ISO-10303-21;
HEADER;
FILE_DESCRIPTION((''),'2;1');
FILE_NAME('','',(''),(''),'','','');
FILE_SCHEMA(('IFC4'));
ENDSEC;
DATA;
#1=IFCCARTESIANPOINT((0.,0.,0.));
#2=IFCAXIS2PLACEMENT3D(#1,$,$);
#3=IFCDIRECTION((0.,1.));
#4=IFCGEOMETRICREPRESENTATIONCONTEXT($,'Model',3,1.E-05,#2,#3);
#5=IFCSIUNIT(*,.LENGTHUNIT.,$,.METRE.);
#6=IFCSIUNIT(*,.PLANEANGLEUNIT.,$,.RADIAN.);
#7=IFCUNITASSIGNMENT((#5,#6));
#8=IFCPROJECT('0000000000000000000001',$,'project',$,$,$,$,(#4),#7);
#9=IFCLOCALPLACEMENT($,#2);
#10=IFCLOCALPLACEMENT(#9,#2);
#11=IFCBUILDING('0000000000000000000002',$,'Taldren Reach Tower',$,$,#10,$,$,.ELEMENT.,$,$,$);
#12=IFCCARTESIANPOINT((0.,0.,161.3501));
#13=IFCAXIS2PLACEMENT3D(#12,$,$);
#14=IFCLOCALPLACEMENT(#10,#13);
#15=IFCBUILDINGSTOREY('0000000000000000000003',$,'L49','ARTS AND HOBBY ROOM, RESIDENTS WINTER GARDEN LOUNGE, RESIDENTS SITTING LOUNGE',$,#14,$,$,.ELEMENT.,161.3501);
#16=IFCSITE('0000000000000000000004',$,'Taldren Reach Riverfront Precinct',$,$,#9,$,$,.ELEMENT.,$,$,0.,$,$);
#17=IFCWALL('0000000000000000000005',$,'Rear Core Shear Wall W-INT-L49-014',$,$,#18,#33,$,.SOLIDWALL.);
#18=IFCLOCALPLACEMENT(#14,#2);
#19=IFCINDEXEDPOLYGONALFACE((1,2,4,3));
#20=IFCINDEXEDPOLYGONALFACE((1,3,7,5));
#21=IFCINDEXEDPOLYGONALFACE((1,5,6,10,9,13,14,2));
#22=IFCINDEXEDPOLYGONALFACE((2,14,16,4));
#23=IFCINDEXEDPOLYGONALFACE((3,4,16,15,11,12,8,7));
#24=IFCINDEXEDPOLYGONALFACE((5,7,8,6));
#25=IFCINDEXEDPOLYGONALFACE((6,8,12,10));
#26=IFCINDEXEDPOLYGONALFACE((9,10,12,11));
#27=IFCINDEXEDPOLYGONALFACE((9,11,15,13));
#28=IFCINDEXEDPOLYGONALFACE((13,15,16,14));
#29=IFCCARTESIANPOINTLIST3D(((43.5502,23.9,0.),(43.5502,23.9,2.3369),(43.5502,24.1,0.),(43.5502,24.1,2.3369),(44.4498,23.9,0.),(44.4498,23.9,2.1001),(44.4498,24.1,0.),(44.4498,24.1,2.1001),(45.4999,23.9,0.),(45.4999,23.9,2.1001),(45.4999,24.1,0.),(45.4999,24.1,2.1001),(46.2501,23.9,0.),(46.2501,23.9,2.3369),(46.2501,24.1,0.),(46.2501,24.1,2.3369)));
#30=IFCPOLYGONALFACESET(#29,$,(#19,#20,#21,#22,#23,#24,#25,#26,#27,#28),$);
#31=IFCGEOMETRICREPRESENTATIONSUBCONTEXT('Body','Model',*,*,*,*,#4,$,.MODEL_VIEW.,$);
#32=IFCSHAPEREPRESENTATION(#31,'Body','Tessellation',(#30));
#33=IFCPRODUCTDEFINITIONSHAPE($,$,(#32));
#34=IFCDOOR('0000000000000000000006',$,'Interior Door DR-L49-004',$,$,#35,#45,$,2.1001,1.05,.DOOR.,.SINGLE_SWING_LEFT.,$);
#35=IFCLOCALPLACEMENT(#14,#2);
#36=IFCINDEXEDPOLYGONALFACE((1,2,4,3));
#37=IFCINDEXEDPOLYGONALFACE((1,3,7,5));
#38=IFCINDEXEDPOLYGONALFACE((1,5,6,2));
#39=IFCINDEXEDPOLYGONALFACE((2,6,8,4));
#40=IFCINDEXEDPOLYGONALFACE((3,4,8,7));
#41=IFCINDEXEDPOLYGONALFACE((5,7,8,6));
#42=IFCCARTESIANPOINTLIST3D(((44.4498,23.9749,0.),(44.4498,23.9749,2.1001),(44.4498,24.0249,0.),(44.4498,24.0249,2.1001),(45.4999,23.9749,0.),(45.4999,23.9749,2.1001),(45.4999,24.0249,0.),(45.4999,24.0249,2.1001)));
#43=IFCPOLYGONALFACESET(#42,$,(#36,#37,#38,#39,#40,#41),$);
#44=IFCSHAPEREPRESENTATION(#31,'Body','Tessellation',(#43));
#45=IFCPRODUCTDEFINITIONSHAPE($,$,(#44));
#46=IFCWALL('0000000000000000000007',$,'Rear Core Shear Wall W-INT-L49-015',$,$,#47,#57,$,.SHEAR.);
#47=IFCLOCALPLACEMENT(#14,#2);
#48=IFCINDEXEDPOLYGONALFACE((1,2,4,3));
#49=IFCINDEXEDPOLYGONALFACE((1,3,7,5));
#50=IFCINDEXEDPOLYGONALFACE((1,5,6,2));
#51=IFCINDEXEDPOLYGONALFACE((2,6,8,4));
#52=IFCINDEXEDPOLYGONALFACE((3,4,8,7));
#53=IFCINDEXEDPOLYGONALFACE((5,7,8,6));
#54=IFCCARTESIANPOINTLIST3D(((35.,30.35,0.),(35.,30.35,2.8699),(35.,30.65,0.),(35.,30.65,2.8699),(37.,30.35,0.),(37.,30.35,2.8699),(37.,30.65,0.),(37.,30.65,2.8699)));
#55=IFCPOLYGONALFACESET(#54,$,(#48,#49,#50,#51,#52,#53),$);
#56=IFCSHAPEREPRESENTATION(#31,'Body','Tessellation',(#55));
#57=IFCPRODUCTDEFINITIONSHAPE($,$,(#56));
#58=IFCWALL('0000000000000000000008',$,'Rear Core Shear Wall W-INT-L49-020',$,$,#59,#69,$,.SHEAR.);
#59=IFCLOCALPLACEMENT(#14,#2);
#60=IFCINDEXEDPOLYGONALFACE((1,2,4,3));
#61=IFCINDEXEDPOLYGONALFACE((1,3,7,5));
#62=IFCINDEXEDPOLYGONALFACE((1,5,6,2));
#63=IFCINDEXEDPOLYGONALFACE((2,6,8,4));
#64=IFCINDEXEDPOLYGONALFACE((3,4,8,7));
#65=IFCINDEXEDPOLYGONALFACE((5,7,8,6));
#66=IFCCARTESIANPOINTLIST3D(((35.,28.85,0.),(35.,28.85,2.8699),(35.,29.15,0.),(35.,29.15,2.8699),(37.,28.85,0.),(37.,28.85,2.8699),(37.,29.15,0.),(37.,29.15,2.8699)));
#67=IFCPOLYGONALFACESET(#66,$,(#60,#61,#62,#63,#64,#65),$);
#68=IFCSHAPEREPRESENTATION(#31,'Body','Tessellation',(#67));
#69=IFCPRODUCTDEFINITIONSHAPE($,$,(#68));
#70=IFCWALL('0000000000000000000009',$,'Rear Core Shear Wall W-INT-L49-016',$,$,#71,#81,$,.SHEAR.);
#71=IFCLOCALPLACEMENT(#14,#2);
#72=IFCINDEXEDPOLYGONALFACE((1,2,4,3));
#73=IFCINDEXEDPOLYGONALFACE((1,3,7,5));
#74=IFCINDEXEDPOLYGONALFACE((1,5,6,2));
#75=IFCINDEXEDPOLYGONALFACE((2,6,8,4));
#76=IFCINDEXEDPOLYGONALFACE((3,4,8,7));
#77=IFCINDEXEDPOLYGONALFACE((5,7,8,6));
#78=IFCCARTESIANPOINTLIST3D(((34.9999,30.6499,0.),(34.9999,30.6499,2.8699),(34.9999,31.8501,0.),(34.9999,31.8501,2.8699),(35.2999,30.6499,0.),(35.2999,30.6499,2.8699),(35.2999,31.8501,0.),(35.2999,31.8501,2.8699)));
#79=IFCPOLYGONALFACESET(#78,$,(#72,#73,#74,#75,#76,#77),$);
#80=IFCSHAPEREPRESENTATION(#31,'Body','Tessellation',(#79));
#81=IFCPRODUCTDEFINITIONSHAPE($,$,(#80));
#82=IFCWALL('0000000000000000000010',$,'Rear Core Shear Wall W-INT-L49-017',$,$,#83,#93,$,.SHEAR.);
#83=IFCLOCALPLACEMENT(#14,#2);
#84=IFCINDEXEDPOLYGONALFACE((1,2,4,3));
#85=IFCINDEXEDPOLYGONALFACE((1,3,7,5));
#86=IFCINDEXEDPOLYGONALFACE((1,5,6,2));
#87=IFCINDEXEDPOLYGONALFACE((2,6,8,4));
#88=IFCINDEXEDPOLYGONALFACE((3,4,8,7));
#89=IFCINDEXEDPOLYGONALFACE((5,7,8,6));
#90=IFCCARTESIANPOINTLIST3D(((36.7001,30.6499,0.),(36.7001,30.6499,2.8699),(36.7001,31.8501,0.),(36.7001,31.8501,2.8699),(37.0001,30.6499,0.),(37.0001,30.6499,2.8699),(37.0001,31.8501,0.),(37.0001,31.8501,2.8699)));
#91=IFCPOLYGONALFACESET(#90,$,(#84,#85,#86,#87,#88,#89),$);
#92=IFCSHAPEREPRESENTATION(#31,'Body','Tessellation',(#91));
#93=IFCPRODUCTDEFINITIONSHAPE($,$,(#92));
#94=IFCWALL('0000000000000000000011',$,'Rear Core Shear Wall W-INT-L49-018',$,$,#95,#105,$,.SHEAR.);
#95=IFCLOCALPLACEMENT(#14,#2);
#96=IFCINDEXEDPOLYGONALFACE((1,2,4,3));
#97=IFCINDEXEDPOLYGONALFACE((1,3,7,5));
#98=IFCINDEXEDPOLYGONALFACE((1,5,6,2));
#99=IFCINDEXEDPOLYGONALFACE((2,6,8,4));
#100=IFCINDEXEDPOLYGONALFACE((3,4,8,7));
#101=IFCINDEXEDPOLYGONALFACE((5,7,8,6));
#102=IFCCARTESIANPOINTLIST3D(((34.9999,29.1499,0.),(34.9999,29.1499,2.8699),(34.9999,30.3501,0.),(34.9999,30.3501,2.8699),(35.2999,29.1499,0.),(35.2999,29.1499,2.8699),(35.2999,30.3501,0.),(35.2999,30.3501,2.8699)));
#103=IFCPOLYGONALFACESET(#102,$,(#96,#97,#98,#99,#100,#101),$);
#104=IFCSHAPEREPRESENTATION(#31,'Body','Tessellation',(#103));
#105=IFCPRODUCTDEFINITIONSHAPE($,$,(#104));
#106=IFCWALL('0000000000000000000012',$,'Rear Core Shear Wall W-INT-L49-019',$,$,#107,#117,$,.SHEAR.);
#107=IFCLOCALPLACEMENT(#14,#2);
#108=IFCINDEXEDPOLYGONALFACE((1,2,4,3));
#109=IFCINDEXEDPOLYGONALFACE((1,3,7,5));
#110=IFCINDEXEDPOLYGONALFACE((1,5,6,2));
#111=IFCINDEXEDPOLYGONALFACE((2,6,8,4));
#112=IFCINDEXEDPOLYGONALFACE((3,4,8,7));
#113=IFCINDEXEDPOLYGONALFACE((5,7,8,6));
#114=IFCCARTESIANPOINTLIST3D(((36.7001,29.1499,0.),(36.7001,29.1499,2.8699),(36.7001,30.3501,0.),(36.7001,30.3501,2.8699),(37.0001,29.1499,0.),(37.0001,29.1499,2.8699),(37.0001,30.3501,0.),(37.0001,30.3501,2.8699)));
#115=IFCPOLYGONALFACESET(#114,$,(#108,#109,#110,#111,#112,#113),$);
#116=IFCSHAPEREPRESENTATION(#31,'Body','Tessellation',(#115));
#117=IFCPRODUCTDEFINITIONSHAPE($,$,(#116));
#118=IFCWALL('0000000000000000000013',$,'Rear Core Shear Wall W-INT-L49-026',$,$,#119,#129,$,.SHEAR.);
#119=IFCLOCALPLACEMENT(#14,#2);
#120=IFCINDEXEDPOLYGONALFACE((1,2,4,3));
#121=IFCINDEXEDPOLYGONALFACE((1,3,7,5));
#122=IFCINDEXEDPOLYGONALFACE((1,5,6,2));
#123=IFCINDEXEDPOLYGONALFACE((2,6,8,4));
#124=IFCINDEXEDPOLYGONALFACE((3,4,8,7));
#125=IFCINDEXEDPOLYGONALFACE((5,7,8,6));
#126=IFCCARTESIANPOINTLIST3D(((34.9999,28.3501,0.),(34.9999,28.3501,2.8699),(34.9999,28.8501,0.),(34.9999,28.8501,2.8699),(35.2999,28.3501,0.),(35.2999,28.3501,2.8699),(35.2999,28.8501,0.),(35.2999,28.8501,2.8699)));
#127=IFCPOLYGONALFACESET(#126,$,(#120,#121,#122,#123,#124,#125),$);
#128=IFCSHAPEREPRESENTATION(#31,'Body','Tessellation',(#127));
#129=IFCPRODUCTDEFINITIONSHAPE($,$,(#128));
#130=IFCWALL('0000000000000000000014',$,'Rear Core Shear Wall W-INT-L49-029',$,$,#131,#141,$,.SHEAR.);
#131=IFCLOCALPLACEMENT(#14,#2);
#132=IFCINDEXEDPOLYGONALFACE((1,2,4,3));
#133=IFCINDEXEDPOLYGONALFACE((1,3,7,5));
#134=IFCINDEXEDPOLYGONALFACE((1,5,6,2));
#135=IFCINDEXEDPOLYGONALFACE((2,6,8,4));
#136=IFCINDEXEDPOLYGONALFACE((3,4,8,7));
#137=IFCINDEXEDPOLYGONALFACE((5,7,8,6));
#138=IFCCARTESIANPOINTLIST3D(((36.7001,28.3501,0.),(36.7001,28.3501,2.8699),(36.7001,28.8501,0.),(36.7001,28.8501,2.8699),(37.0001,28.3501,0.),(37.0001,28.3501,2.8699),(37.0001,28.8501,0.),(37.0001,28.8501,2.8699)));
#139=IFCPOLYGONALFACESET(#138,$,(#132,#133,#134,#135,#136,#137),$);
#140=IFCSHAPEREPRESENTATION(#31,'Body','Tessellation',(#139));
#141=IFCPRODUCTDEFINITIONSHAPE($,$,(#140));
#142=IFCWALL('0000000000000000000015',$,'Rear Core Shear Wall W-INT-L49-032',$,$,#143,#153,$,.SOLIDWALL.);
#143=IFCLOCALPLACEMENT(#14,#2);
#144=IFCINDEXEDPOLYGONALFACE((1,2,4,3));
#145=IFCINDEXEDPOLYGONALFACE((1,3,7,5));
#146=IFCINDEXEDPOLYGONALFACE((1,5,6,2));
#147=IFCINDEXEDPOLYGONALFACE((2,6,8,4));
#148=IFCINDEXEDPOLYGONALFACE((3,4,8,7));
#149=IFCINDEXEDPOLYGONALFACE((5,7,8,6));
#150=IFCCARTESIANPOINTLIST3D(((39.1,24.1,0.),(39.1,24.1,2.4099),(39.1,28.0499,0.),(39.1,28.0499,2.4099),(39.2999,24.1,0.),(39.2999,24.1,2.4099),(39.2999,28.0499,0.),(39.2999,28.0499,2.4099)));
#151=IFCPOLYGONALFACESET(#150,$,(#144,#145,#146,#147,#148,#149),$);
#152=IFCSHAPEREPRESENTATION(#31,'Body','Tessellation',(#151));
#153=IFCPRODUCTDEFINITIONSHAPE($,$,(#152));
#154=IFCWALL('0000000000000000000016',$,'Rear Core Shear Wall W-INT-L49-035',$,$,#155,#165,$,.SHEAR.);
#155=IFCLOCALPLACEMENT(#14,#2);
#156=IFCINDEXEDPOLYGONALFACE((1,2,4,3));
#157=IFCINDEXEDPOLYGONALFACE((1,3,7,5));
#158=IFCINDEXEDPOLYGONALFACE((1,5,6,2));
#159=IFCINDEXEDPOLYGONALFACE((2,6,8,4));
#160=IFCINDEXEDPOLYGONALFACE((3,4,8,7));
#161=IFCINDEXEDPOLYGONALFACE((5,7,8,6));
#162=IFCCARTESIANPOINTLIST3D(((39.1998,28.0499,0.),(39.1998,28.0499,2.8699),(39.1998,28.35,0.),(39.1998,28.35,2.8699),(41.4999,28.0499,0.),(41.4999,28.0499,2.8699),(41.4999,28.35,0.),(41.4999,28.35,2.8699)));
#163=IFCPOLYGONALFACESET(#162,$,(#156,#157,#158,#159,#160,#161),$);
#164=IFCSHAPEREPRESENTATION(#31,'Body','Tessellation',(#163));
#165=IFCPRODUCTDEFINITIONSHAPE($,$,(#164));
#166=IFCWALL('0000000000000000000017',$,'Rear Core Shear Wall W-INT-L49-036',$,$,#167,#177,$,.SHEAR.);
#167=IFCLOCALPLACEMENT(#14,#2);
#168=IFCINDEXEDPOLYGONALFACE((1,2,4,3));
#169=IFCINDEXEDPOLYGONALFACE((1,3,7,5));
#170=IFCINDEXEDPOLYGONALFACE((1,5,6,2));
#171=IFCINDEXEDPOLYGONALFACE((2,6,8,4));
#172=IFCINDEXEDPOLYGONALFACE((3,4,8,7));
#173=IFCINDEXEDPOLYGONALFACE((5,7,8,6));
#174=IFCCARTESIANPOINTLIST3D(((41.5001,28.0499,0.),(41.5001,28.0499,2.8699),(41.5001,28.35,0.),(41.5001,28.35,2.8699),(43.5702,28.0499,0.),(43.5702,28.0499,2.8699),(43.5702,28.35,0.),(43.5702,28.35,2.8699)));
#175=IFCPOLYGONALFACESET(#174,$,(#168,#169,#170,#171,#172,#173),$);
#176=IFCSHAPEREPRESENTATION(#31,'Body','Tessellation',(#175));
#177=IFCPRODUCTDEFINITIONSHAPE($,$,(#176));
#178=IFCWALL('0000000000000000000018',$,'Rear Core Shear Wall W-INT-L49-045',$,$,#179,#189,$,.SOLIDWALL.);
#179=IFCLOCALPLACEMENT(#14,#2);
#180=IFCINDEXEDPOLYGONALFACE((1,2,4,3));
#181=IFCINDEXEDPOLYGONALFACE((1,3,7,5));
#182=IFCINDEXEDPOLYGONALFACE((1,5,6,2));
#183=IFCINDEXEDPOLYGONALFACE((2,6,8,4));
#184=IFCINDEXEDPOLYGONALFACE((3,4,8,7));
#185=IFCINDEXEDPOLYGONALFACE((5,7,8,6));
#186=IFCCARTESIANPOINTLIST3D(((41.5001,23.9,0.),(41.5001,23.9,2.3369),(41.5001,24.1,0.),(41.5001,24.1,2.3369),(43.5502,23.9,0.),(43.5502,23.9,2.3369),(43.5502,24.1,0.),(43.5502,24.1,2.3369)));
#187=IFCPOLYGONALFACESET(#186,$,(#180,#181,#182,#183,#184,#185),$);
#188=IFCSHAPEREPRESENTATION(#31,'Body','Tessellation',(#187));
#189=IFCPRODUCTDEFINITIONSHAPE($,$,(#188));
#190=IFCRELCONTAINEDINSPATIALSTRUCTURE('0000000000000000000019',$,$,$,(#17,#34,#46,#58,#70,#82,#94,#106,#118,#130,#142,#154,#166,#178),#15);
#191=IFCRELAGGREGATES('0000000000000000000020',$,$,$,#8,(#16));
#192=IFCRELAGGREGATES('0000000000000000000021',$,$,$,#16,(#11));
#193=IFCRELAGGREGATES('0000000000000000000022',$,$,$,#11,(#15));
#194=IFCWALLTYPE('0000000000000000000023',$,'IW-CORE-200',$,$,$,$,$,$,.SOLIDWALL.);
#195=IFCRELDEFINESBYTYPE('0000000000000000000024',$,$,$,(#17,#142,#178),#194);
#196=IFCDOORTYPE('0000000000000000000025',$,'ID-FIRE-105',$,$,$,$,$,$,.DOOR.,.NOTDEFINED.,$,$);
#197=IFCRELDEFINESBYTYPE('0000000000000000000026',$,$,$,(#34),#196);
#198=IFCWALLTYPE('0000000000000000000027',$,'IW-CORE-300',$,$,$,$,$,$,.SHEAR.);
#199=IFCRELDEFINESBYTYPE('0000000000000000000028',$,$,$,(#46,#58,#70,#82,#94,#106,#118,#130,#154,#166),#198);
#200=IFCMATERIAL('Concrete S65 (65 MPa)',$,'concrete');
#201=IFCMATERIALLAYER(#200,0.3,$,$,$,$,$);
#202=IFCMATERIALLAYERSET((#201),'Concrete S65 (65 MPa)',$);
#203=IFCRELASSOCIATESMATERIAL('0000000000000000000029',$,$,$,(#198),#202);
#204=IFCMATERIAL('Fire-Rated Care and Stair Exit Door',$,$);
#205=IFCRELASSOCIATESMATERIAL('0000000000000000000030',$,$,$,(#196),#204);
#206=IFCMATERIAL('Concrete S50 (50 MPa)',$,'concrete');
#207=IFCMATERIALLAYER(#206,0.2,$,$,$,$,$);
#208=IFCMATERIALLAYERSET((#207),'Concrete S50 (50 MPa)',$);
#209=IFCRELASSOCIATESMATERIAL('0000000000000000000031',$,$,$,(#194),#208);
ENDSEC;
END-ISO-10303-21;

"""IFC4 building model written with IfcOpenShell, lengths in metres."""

from ifc_helpers import new_model, si_unit, direction, frame, frame_2d, origin, place, context, subcontext, project, spatial, rectangle, extrude, source, transform, mapped, material, layer, layer_set, type_object, element, fill, save


model = new_model("IFC4")

# Units and contexts
model_context = context("Model", 3, precision=1e-05, world=origin(), true_north=direction((0.0, 1.0)))
body_context = subcontext(model_context, "Body", "Model", "MODEL_VIEW")
ifc_project = project(units=[si_unit("LENGTHUNIT", "METRE"), si_unit("PLANEANGLEUNIT", "RADIAN")], contexts=[model_context])

# Site, building, storey
site_placement = place(None, origin())
site = spatial("IfcSite", under=ifc_project, at=site_placement, Name="Taldren Reach Riverfront Precinct", CompositionType="ELEMENT", RefElevation=0.0)
building_placement = place(site_placement, origin())
building = spatial("IfcBuilding", under=site, at=building_placement, Name="Taldren Reach Tower", CompositionType="ELEMENT")
storey_placement = place(building_placement, frame((0.0, 0.0, 161.3501)))
storey = spatial("IfcBuildingStorey", under=building, at=storey_placement, Name="L49", Description="ARTS AND HOBBY ROOM, RESIDENTS WINTER GARDEN LOUNGE, RESIDENTS SITTING LOUNGE", CompositionType="ELEMENT", Elevation=161.3501)

# Shared definitions
ifc_material_1 = material(Name="Concrete S65 (65 MPa)", Category="concrete")
ifc_layer_1 = layer(ifc_material_1, 0.3)
ifc_layer_set_1 = layer_set([ifc_layer_1], Name="Concrete S65 (65 MPa)")
wall_type_1 = type_object("IfcWallType", Name="IW-CORE-300", PredefinedType="SHEAR", material=ifc_layer_set_1)

# Shared definitions
ifc_material_2 = material(Name="Fire-Rated Care and Stair Exit Door")
door_type_1 = type_object("IfcDoorType", Name="ID-FIRE-105", OperationType="NOTDEFINED", PredefinedType="DOOR", material=ifc_material_2)
shared_shape_1 = source(origin(), body_context, "Body", "SweptSolid", [
    extrude(rectangle(XDim=1.05, YDim=2.1001, at=frame_2d((0.5249, 1.05))), frame((0.0, 0.0249, 0.0), z_axis=(0.0, -1.0, 0.0), x_axis=(1.0, 0.0, 0.0)), (0.0, 0.0, 1.0), 0.05),
])

# Shared definitions
ifc_material_3 = material(Name="Concrete S50 (50 MPa)", Category="concrete")
ifc_layer_2 = layer(ifc_material_3, 0.2)
ifc_layer_set_2 = layer_set([ifc_layer_2], Name="Concrete S50 (50 MPa)")
wall_type_2 = type_object("IfcWallType", Name="IW-CORE-200", PredefinedType="SOLIDWALL", material=ifc_layer_set_2)

# Wall, opening, door
shared_shape_2 = source(origin(), body_context, "Body", "SweptSolid", [
    extrude(rectangle(XDim=1.05, YDim=2.1001, at=frame_2d((0.5249, 1.05))), frame((0.0, 0.1099, 0.0), z_axis=(0.0, -1.0, 0.0), x_axis=(1.0, 0.0, 0.0)), (0.0, 0.0, 1.0), 0.22),
])
shared_shape_3 = source(origin(), body_context, "Body", "SweptSolid", [
    extrude(rectangle(XDim=2.7, YDim=0.2, at=frame_2d((1.3501, 0.0))), origin(), (0.0, 0.0, 1.0), 2.3369),
])
wall_1_placement = place(storey_placement, frame((43.55, 24.0, 0.0), z_axis=(0.0, 0.0, 1.0), x_axis=(1.0, 0.0, 0.0)))
wall_1 = element("IfcWall", 1, at=wall_1_placement, inside=storey, type_object=wall_type_2, Name="Rear Core Shear Wall W-INT-L49-014", PredefinedType="SOLIDWALL", context=body_context, shape_type="MappedRepresentation", body=[
    mapped(shared_shape_3, transform((0.0, 0.0, 0.0), scale=1.0)),
])
opening_1_placement = place(wall_1_placement, frame((0.8999, 0.0, 0.0)))
opening_1 = element("IfcOpeningElement", 2, at=opening_1_placement, cuts=wall_1, PredefinedType="OPENING", context=body_context, shape_type="MappedRepresentation", body=[
    mapped(shared_shape_2, transform((0.0, 0.0, 0.0), scale=1.0)),
])
door_1_placement = place(opening_1_placement, origin())
door_1 = element("IfcDoor", 3, at=door_1_placement, inside=storey, type_object=door_type_1, Name="Interior Door DR-L49-004", OperationType="SINGLE_SWING_LEFT", OverallHeight=2.1001, OverallWidth=1.05, PredefinedType="DOOR", context=body_context, shape_type="MappedRepresentation", body=[
    mapped(shared_shape_1, transform((0.0, 0.0, 0.0), scale=1.0)),
])
fill(opening_1, door_1)

# Walls
shared_shape_4 = source(origin(), body_context, "Body", "SweptSolid", [
    extrude(rectangle(XDim=2.0, YDim=0.3, at=frame_2d((1.0, 0.0))), origin(), (0.0, 0.0, 1.0), 2.8699),
])
for number, where, z_axis, x_axis, name in (
    (4, (35.0, 30.5, 0.0), (0.0, 0.0, 1.0), (1.0, 0.0, 0.0), "Rear Core Shear Wall W-INT-L49-015"),
    (5, (35.0, 29.0, 0.0), (0.0, 0.0, 1.0), (1.0, 0.0, 0.0), "Rear Core Shear Wall W-INT-L49-020"),
):
    element("IfcWall", number, at=place(storey_placement, frame(where, z_axis=z_axis, x_axis=x_axis)), inside=storey, type_object=wall_type_1, Name=name, PredefinedType="SHEAR", context=body_context, shape_type="MappedRepresentation", body=[
        mapped(shared_shape_4, transform((0.0, 0.0, 0.0), scale=1.0)),
    ])
shared_shape_5 = source(origin(), body_context, "Body", "SweptSolid", [
    extrude(rectangle(XDim=1.2002, YDim=0.3, at=frame_2d((0.6001, 0.0))), origin(), (0.0, 0.0, 1.0), 2.8699),
])
for number, where, z_axis, x_axis, name in (
    (6, (35.1499, 31.8501, 0.0), (0.0, 0.0, 1.0), (0.0, -1.0, 0.0), "Rear Core Shear Wall W-INT-L49-016"),
    (7, (36.8501, 30.6499, 0.0), (0.0, 0.0, 1.0), (0.0, 1.0, 0.0), "Rear Core Shear Wall W-INT-L49-017"),
    (8, (35.1499, 30.3501, 0.0), (0.0, 0.0, 1.0), (0.0, -1.0, 0.0), "Rear Core Shear Wall W-INT-L49-018"),
    (9, (36.8501, 29.1499, 0.0), (0.0, 0.0, 1.0), (0.0, 1.0, 0.0), "Rear Core Shear Wall W-INT-L49-019"),
):
    element("IfcWall", number, at=place(storey_placement, frame(where, z_axis=z_axis, x_axis=x_axis)), inside=storey, type_object=wall_type_1, Name=name, PredefinedType="SHEAR", context=body_context, shape_type="MappedRepresentation", body=[
        mapped(shared_shape_5, transform((0.0, 0.0, 0.0), scale=1.0)),
    ])
shared_shape_6 = source(origin(), body_context, "Body", "SweptSolid", [
    extrude(rectangle(XDim=0.5, YDim=0.3, at=frame_2d((0.25, 0.0))), origin(), (0.0, 0.0, 1.0), 2.8699),
])
for number, where, z_axis, x_axis, name in (
    (10, (35.1499, 28.3501, 0.0), (0.0, 0.0, 1.0), (0.0, 1.0, 0.0), "Rear Core Shear Wall W-INT-L49-026"),
    (11, (36.8501, 28.8501, 0.0), (0.0, 0.0, 1.0), (0.0, -1.0, 0.0), "Rear Core Shear Wall W-INT-L49-029"),
):
    element("IfcWall", number, at=place(storey_placement, frame(where, z_axis=z_axis, x_axis=x_axis)), inside=storey, type_object=wall_type_1, Name=name, PredefinedType="SHEAR", context=body_context, shape_type="MappedRepresentation", body=[
        mapped(shared_shape_6, transform((0.0, 0.0, 0.0), scale=1.0)),
    ])

# Walls
shared_shape_7 = source(origin(), body_context, "Body", "SweptSolid", [
    extrude(rectangle(XDim=3.95, YDim=0.2, at=frame_2d((1.9751, 0.0))), origin(), (0.0, 0.0, 1.0), 2.4099),
])
wall_2_placement = place(storey_placement, frame((39.2, 28.05, 0.0), z_axis=(0.0, 0.0, 1.0), x_axis=(0.0, -1.0, 0.0)))
element("IfcWall", 12, at=wall_2_placement, inside=storey, type_object=wall_type_2, Name="Rear Core Shear Wall W-INT-L49-032", PredefinedType="SOLIDWALL", context=body_context, shape_type="MappedRepresentation", body=[
    mapped(shared_shape_7, transform((0.0, 0.0, 0.0), scale=1.0)),
])
shared_shape_8 = source(origin(), body_context, "Body", "SweptSolid", [
    extrude(rectangle(XDim=2.3, YDim=0.3, at=frame_2d((1.1499, 0.0))), origin(), (0.0, 0.0, 1.0), 2.8699),
])
wall_3_placement = place(storey_placement, frame((39.2, 28.2, 0.0), z_axis=(0.0, 0.0, 1.0), x_axis=(1.0, 0.0, 0.0)))
element("IfcWall", 13, at=wall_3_placement, inside=storey, type_object=wall_type_1, Name="Rear Core Shear Wall W-INT-L49-035", PredefinedType="SHEAR", context=body_context, shape_type="MappedRepresentation", body=[
    mapped(shared_shape_8, transform((0.0, 0.0, 0.0), scale=1.0)),
])
shared_shape_9 = source(origin(), body_context, "Body", "SweptSolid", [
    extrude(rectangle(XDim=2.0701, YDim=0.3, at=frame_2d((1.0352, 0.0))), origin(), (0.0, 0.0, 1.0), 2.8699),
])
wall_4_placement = place(storey_placement, frame((41.5, 28.2, 0.0), z_axis=(0.0, 0.0, 1.0), x_axis=(1.0, 0.0, 0.0)))
element("IfcWall", 14, at=wall_4_placement, inside=storey, type_object=wall_type_1, Name="Rear Core Shear Wall W-INT-L49-036", PredefinedType="SHEAR", context=body_context, shape_type="MappedRepresentation", body=[
    mapped(shared_shape_9, transform((0.0, 0.0, 0.0), scale=1.0)),
])
shared_shape_10 = source(origin(), body_context, "Body", "SweptSolid", [
    extrude(rectangle(XDim=2.05, YDim=0.2, at=frame_2d((1.0249, 0.0))), origin(), (0.0, 0.0, 1.0), 2.3369),
])
wall_5_placement = place(storey_placement, frame((43.55, 24.0, 0.0), z_axis=(0.0, 0.0, 1.0), x_axis=(-1.0, 0.0, 0.0)))
element("IfcWall", 15, at=wall_5_placement, inside=storey, type_object=wall_type_2, Name="Rear Core Shear Wall W-INT-L49-045", PredefinedType="SOLIDWALL", context=body_context, shape_type="MappedRepresentation", body=[
    mapped(shared_shape_10, transform((0.0, 0.0, 0.0), scale=1.0)),
])

save(model, "model.ifc")
